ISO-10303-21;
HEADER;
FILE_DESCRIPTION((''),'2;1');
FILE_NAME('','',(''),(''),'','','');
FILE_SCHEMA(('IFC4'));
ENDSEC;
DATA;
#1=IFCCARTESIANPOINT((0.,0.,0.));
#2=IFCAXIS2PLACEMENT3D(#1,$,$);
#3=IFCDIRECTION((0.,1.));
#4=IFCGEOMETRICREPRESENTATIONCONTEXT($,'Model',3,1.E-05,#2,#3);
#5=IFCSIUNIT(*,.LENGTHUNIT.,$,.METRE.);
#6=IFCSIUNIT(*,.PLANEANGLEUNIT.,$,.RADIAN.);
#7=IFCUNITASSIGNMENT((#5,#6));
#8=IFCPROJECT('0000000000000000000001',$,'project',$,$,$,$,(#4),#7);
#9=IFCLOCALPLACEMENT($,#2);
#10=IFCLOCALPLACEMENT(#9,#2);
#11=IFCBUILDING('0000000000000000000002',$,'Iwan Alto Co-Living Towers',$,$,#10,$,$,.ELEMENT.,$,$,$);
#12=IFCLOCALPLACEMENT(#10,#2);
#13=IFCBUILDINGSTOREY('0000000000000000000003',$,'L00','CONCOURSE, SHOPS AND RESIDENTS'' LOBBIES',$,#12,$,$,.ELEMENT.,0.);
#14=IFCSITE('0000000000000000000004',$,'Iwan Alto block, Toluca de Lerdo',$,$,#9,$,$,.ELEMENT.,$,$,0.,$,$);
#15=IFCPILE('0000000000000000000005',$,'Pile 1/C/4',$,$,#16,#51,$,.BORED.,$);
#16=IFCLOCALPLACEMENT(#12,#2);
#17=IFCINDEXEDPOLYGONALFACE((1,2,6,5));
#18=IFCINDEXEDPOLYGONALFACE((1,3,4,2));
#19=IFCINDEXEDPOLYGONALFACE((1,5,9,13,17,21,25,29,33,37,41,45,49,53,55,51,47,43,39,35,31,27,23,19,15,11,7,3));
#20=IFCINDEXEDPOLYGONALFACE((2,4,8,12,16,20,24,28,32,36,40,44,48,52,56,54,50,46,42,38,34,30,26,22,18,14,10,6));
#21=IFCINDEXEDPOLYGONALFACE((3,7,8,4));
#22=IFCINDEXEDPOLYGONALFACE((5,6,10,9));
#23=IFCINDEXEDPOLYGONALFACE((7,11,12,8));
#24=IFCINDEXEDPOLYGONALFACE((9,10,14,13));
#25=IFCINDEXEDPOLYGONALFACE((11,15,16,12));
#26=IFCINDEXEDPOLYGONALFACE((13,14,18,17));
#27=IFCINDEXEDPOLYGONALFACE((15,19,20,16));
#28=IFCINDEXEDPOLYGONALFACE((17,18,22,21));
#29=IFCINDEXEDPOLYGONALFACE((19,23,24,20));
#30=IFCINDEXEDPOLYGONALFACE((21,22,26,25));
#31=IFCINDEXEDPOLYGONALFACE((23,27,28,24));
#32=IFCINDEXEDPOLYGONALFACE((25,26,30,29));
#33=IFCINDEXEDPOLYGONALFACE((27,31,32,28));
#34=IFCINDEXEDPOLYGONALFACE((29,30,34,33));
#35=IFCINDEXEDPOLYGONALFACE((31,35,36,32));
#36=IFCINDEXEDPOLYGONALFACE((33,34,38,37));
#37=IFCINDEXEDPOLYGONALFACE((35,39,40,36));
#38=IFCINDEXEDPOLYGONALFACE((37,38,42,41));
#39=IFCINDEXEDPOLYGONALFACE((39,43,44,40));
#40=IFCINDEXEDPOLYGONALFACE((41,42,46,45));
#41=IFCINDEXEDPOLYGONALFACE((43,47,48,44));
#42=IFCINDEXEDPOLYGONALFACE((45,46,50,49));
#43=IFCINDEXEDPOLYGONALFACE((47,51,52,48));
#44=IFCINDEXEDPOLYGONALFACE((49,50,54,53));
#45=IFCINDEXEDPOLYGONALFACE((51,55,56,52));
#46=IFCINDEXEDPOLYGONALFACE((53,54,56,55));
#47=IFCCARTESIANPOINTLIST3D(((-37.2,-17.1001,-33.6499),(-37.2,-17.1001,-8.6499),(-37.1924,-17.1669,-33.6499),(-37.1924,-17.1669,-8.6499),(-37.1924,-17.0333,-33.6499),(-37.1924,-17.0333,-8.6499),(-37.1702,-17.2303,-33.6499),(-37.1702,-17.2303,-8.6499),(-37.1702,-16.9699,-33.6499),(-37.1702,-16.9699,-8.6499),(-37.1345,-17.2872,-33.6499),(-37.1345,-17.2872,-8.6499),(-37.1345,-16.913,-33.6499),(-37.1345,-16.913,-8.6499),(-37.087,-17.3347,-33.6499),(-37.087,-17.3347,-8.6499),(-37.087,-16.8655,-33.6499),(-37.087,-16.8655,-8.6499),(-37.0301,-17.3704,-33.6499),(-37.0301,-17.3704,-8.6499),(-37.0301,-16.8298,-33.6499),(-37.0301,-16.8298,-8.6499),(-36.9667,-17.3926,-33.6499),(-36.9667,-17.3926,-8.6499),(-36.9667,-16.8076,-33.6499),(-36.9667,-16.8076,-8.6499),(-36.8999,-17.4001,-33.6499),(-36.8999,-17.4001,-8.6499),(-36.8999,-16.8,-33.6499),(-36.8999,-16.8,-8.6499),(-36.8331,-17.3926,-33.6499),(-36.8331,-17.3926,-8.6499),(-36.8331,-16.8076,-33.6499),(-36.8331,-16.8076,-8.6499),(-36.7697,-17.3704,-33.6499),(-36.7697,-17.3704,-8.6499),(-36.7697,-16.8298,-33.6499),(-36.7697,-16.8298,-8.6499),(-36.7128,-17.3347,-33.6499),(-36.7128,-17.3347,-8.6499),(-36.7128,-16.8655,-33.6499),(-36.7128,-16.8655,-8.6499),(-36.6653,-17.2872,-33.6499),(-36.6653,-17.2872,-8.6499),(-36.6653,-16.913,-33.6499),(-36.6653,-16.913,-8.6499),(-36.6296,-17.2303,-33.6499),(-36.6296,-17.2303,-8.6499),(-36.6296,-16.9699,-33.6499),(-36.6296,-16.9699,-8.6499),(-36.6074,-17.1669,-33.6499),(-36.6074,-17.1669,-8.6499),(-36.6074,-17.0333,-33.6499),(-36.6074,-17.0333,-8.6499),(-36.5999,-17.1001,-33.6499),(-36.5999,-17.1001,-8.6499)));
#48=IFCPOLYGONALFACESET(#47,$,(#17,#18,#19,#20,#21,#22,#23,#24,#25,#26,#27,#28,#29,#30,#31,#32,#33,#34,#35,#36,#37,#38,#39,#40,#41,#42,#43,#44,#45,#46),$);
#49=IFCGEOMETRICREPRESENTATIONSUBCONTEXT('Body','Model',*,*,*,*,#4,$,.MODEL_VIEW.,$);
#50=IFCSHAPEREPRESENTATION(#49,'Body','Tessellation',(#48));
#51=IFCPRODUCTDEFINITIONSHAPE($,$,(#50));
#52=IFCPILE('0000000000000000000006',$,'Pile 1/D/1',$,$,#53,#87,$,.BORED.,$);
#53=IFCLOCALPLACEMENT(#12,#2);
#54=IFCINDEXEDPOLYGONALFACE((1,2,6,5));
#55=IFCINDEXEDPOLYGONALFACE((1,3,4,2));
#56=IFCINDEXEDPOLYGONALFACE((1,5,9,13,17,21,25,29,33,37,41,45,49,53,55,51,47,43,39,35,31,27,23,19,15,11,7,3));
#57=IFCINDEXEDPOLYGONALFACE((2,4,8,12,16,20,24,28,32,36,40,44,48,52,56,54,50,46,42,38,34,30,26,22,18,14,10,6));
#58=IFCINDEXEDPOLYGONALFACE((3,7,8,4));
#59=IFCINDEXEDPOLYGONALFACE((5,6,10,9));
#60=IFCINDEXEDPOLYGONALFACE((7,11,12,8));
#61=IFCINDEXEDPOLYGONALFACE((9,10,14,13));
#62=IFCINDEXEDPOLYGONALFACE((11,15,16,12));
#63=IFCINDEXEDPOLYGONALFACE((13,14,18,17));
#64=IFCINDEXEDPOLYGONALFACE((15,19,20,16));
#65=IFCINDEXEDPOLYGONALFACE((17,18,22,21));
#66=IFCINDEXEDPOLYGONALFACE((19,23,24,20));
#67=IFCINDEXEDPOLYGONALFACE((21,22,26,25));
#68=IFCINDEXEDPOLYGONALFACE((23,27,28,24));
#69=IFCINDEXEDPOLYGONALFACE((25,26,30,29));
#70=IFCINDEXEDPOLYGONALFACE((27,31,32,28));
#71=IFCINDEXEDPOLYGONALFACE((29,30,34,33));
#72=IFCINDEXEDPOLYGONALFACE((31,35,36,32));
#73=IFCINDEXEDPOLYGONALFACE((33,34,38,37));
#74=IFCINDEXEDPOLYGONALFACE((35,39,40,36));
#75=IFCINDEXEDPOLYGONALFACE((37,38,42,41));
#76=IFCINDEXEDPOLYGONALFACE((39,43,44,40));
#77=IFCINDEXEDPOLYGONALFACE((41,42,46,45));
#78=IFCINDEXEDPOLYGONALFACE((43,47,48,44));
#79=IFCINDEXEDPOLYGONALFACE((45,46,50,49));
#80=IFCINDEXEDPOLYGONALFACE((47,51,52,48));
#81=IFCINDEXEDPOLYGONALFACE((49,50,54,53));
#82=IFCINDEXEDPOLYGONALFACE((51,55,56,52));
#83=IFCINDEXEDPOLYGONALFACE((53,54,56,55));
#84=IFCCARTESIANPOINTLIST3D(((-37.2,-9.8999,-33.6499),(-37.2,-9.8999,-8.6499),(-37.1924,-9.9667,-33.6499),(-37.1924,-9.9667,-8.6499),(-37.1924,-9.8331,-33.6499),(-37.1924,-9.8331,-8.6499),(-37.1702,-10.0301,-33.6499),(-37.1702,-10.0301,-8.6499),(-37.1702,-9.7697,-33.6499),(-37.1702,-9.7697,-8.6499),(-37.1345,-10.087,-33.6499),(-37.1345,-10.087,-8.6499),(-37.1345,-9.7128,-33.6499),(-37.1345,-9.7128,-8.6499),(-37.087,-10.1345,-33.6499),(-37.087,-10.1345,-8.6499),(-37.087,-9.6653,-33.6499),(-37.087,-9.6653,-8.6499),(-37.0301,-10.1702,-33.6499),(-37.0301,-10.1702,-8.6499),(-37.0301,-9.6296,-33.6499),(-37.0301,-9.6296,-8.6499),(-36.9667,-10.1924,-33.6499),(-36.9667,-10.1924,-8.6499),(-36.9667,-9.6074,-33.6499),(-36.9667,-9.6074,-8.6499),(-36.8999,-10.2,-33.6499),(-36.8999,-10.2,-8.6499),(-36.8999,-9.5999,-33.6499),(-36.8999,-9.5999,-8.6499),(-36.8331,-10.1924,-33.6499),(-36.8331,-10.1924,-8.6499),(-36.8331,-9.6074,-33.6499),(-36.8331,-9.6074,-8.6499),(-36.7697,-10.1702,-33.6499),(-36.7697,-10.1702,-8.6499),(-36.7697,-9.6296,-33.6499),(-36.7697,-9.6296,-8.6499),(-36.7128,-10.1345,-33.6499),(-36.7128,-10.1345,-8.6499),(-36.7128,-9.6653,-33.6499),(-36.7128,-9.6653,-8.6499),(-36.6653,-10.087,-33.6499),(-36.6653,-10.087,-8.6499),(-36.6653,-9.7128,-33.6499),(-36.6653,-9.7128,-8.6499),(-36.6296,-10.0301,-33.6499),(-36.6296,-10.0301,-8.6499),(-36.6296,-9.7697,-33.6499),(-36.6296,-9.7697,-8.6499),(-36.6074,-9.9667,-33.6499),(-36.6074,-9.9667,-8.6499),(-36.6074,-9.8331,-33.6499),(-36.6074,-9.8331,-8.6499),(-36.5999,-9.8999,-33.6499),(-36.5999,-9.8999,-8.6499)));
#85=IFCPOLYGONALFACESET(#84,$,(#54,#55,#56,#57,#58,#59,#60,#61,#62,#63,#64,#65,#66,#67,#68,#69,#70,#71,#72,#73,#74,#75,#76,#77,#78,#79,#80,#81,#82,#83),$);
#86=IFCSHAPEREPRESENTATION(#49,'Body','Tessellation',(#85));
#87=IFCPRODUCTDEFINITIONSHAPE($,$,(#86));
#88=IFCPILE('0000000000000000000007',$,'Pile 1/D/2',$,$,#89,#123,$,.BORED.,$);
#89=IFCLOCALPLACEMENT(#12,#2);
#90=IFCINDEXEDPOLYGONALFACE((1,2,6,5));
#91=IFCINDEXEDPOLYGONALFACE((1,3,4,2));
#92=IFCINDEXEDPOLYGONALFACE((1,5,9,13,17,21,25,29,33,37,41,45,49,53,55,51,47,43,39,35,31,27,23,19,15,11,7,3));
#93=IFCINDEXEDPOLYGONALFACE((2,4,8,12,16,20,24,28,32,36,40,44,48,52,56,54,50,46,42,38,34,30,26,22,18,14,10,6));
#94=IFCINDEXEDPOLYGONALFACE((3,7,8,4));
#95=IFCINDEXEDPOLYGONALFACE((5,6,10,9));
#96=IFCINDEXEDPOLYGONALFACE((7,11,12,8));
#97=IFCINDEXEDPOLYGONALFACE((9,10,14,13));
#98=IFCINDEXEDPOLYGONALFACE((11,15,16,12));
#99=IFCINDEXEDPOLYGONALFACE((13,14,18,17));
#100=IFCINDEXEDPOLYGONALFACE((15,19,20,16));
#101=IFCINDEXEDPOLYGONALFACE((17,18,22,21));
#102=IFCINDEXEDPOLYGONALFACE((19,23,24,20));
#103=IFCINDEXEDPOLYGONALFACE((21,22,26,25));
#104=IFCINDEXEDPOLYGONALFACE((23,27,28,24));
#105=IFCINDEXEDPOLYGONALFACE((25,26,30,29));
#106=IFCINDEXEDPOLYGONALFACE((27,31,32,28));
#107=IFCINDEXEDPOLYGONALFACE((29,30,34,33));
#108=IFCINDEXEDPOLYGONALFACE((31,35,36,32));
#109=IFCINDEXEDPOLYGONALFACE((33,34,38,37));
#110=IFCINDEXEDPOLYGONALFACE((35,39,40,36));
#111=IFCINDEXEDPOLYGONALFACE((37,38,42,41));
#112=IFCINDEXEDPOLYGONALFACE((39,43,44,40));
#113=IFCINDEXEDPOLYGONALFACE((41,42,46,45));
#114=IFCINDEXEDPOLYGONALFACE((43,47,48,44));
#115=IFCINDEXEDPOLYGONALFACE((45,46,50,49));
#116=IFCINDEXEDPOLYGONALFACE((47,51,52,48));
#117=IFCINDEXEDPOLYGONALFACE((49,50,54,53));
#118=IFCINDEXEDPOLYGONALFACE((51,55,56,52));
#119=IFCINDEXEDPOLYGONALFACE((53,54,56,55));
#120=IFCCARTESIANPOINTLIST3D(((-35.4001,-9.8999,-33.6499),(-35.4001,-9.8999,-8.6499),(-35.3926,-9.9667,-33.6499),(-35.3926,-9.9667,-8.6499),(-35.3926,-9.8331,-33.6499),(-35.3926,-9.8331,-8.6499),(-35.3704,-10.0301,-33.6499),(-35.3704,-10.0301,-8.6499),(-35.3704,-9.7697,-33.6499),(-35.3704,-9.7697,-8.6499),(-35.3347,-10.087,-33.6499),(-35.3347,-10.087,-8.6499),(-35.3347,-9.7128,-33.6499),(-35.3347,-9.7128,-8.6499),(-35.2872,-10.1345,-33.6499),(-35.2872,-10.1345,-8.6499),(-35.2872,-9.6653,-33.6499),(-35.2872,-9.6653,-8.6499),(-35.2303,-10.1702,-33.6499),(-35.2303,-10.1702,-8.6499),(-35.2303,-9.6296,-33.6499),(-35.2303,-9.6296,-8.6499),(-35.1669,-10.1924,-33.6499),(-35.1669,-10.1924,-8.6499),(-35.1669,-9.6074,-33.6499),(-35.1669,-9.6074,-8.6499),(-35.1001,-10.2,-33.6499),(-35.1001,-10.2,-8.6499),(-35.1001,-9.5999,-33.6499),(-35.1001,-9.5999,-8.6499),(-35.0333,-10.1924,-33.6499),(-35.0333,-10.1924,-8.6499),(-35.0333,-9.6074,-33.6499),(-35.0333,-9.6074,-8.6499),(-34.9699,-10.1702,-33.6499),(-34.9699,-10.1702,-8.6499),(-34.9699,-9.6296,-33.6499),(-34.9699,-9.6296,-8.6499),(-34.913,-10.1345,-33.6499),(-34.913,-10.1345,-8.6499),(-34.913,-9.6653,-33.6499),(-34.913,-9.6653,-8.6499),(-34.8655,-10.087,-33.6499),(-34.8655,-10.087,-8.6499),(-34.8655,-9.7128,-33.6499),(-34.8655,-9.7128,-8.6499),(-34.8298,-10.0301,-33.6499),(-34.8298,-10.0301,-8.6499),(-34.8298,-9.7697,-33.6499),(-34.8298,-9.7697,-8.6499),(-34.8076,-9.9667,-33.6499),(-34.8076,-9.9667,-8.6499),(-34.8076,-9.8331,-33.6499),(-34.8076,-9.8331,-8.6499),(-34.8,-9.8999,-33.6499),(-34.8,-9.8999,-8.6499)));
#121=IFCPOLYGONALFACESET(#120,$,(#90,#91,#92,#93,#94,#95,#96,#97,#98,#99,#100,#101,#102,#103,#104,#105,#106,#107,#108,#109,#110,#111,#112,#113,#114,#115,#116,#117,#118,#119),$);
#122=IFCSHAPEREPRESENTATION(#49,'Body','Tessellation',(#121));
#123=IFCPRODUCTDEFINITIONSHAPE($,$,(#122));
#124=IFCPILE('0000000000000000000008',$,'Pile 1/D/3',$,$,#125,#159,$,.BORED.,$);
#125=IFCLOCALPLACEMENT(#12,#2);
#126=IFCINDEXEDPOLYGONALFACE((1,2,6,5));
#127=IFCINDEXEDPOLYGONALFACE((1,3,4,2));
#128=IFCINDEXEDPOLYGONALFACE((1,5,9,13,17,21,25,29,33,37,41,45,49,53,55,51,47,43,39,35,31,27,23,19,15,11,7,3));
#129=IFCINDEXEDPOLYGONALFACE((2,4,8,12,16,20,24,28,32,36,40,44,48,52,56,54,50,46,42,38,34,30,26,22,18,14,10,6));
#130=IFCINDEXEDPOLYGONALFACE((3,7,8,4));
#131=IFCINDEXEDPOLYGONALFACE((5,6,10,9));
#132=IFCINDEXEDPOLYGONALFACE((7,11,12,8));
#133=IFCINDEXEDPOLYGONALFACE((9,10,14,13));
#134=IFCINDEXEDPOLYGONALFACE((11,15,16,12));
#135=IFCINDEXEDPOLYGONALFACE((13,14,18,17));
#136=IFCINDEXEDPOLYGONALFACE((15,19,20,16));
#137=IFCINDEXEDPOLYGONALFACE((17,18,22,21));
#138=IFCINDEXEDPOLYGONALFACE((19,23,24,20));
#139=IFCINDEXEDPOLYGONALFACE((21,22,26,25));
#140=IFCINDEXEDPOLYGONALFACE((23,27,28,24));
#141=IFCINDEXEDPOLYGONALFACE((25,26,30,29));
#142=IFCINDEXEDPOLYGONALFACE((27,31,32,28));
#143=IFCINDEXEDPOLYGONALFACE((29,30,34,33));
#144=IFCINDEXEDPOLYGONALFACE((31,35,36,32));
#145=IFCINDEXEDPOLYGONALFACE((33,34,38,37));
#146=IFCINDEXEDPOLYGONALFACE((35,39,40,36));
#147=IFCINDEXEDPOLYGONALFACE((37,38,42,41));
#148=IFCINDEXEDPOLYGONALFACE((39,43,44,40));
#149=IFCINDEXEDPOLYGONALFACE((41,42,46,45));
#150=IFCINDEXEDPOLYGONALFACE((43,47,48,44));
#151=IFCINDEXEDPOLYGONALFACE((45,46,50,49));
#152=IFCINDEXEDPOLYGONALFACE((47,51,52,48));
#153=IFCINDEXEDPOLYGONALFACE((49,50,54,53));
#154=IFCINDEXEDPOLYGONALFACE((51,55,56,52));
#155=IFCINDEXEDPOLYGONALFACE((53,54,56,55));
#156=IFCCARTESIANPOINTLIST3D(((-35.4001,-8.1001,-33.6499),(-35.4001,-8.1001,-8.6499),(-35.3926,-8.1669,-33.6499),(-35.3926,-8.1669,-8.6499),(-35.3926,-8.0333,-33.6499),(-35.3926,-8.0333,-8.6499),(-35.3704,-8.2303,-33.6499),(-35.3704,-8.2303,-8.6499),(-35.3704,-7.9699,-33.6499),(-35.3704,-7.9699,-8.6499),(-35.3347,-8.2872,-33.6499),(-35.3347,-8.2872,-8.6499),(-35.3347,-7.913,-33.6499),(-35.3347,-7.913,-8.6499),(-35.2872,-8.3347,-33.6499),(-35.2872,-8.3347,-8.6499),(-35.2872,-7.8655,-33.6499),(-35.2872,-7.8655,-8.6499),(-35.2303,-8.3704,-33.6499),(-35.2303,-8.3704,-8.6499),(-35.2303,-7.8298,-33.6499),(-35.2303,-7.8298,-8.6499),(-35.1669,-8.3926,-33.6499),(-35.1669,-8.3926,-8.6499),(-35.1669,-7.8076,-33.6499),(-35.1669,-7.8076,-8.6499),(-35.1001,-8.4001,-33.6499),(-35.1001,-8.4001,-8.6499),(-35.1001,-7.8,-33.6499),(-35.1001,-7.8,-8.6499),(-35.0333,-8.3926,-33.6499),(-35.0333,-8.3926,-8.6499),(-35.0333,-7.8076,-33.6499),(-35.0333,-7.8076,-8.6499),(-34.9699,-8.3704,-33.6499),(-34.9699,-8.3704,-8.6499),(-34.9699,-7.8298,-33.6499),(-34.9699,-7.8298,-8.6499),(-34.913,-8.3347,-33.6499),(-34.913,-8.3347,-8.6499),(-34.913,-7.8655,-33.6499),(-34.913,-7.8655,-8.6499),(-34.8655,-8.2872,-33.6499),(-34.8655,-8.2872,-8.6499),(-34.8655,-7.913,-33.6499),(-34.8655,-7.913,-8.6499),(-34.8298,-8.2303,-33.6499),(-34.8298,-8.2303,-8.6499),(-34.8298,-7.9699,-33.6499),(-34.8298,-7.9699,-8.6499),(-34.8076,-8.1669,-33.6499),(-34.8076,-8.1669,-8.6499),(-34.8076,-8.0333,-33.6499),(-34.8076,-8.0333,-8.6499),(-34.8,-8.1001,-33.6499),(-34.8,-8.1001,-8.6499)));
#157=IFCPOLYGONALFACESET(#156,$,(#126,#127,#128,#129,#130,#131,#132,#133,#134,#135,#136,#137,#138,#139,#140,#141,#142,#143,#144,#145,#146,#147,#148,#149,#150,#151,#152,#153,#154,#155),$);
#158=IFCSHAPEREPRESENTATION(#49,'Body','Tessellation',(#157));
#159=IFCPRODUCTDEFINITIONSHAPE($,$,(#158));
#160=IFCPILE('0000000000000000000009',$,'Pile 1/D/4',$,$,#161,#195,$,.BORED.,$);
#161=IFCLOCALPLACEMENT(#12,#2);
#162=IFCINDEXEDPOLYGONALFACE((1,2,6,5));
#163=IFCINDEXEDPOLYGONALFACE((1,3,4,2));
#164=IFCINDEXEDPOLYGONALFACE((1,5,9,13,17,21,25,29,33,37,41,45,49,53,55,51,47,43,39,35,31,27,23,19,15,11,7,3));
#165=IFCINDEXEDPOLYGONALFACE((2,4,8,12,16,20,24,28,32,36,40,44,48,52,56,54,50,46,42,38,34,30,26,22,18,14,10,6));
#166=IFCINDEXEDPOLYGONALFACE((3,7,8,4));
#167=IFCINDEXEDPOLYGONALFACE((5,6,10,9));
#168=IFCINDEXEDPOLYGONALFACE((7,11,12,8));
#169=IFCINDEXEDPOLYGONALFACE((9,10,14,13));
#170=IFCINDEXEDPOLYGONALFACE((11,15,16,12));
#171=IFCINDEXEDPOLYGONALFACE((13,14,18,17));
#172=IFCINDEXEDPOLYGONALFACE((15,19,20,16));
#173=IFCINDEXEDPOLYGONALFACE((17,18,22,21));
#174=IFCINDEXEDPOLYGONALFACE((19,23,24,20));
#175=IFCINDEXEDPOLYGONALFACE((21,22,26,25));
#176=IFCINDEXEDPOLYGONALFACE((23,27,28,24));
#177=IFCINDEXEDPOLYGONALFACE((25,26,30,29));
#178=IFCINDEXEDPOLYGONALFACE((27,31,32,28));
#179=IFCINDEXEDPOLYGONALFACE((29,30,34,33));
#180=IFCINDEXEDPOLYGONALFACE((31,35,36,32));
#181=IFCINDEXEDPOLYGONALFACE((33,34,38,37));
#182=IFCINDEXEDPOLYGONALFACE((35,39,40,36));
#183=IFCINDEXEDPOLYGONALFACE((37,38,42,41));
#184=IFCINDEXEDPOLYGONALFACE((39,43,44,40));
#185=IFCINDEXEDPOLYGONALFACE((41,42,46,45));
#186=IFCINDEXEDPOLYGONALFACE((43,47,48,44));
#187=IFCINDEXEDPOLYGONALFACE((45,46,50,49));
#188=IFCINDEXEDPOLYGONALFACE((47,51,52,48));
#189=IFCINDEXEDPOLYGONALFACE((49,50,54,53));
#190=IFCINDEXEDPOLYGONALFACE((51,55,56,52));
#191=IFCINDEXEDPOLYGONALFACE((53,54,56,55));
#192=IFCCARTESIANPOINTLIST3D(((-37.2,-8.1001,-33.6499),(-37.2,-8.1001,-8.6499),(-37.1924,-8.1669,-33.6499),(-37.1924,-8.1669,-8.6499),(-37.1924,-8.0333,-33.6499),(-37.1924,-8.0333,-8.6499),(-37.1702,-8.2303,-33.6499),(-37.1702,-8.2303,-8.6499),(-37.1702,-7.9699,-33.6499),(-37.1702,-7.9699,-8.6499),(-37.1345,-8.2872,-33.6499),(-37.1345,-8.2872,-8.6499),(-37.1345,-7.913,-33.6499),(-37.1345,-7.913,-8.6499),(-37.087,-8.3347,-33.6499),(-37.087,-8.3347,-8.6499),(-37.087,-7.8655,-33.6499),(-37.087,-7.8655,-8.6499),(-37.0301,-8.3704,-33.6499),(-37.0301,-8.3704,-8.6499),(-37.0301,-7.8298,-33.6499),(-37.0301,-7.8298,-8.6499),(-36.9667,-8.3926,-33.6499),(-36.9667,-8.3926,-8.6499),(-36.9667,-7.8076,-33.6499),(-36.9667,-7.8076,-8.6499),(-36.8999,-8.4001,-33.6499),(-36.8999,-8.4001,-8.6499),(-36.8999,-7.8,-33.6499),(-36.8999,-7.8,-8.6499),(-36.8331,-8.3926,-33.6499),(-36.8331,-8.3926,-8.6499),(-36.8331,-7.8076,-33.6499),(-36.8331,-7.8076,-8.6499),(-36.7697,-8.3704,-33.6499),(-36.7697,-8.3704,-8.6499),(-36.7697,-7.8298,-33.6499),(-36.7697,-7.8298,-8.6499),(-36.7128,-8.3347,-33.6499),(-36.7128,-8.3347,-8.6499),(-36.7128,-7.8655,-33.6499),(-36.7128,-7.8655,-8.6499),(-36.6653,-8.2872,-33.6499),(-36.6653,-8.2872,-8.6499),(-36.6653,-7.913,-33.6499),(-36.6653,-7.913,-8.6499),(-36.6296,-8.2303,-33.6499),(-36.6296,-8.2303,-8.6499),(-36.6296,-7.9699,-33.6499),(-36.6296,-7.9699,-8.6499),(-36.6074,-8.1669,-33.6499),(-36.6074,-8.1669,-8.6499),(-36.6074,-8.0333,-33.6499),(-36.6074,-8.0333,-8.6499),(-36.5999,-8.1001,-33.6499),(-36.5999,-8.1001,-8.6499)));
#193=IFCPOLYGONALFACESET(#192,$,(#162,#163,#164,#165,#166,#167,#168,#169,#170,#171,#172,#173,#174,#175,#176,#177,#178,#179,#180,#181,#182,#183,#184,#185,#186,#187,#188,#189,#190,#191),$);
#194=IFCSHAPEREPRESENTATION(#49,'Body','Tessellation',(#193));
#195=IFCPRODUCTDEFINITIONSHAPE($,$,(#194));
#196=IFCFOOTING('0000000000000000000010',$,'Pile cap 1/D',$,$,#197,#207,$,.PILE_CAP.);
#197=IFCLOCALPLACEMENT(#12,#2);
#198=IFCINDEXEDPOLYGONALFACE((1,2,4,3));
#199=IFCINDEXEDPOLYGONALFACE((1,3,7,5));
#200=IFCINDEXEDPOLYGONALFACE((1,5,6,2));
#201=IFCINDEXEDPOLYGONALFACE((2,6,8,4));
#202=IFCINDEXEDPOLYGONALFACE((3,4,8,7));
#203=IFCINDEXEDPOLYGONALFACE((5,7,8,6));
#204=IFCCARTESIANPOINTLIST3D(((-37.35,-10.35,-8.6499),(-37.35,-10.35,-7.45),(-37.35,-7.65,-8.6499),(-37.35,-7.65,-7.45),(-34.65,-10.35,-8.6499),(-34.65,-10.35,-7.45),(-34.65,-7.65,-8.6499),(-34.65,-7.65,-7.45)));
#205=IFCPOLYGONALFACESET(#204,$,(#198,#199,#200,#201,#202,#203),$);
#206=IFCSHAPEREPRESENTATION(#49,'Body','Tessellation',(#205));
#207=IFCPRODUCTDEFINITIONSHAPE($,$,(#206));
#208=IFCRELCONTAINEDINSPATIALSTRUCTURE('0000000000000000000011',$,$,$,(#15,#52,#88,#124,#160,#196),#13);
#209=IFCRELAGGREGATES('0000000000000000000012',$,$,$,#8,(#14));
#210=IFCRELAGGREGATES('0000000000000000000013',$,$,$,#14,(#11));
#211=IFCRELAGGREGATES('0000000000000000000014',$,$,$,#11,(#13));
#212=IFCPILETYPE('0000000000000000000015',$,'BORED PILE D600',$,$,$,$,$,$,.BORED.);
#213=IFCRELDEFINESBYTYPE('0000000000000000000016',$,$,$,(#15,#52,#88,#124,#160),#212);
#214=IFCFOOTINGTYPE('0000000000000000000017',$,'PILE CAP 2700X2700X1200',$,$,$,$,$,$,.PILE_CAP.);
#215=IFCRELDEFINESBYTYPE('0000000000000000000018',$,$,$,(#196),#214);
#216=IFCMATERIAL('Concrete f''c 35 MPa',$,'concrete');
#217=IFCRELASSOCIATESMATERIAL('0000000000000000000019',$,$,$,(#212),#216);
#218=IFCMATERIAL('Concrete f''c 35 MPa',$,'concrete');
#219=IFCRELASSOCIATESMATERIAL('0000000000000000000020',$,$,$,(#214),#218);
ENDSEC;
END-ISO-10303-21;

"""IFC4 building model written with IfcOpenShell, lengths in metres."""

from ifc_helpers import new_model, si_unit, direction, frame, origin, origin_2d, place, context, subcontext, project, spatial, rectangle, circle, extrude, material, material_profile, profile_set, type_object, element, save


model = new_model("IFC4")

# Units and contexts
model_context = context("Model", 3, precision=1e-05, world=origin(), true_north=direction((0.0, 1.0)))
body_context = subcontext(model_context, "Body", "Model", "MODEL_VIEW")
ifc_project = project(units=[si_unit("LENGTHUNIT", "METRE"), si_unit("PLANEANGLEUNIT", "RADIAN")], contexts=[model_context])

# Site, building, storey
site_placement = place(None, origin())
site = spatial("IfcSite", under=ifc_project, at=site_placement, Name="Iwan Alto block, Toluca de Lerdo", CompositionType="ELEMENT", RefElevation=0.0)
building_placement = place(site_placement, origin())
building = spatial("IfcBuilding", under=site, at=building_placement, Name="Iwan Alto Co-Living Towers", CompositionType="ELEMENT")
storey_placement = place(building_placement, origin())
storey = spatial("IfcBuildingStorey", under=building, at=storey_placement, Name="L00", Description="CONCOURSE, SHOPS AND RESIDENTS' LOBBIES", CompositionType="ELEMENT", Elevation=0.0)

# Piles
ifc_material_1 = material(Name="Concrete f'c 35 MPa", Category="concrete")
ifc_material_profile_1 = material_profile(ifc_material_1, circle(Radius=0.3, at=origin_2d()), Name="D600")
ifc_profile_set_1 = profile_set([ifc_material_profile_1], Name="Concrete f'c 35 MPa")
pile_type_1 = type_object("IfcPileType", Name="BORED PILE D600", PredefinedType="BORED", material=ifc_profile_set_1)
for number, where, z_axis, x_axis, name in (
    (1, (-36.8999, -17.1001, -8.6499), (0.0, 0.0, -1.0), (1.0, 0.0, 0.0), "Pile 1/C/4"),
    (2, (-36.8999, -9.8999, -8.6499), (0.0, 0.0, -1.0), (1.0, 0.0, 0.0), "Pile 1/D/1"),
    (3, (-35.1001, -9.8999, -8.6499), (0.0, 0.0, -1.0), (1.0, 0.0, 0.0), "Pile 1/D/2"),
    (4, (-35.1001, -8.1001, -8.6499), (0.0, 0.0, -1.0), (1.0, 0.0, 0.0), "Pile 1/D/3"),
    (5, (-36.8999, -8.1001, -8.6499), (0.0, 0.0, -1.0), (1.0, 0.0, 0.0), "Pile 1/D/4"),
):
    element("IfcPile", number, at=place(storey_placement, frame(where, z_axis=z_axis, x_axis=x_axis)), inside=storey, type_object=pile_type_1, Name=name, PredefinedType="BORED", context=body_context, shape_type="SweptSolid", body=[
        extrude(circle(Radius=0.3, at=origin_2d()), origin(), (0.0, 0.0, 1.0), 25.0),
    ])

# Footing
ifc_material_2 = material(Name="Concrete f'c 35 MPa", Category="concrete")
footing_type = type_object("IfcFootingType", Name="PILE CAP 2700X2700X1200", PredefinedType="PILE_CAP", material=ifc_material_2)
footing_placement = place(storey_placement, frame((-36.0, -9.0, -8.6499), z_axis=(0.0, 0.0, 1.0), x_axis=(1.0, 0.0, 0.0)))
element("IfcFooting", 6, at=footing_placement, inside=storey, type_object=footing_type, Name="Pile cap 1/D", PredefinedType="PILE_CAP", context=body_context, shape_type="SweptSolid", body=[
    extrude(rectangle(XDim=2.7, YDim=2.7, at=origin_2d()), origin(), (0.0, 0.0, 1.0), 1.2),
])

save(model, "model.ifc")
